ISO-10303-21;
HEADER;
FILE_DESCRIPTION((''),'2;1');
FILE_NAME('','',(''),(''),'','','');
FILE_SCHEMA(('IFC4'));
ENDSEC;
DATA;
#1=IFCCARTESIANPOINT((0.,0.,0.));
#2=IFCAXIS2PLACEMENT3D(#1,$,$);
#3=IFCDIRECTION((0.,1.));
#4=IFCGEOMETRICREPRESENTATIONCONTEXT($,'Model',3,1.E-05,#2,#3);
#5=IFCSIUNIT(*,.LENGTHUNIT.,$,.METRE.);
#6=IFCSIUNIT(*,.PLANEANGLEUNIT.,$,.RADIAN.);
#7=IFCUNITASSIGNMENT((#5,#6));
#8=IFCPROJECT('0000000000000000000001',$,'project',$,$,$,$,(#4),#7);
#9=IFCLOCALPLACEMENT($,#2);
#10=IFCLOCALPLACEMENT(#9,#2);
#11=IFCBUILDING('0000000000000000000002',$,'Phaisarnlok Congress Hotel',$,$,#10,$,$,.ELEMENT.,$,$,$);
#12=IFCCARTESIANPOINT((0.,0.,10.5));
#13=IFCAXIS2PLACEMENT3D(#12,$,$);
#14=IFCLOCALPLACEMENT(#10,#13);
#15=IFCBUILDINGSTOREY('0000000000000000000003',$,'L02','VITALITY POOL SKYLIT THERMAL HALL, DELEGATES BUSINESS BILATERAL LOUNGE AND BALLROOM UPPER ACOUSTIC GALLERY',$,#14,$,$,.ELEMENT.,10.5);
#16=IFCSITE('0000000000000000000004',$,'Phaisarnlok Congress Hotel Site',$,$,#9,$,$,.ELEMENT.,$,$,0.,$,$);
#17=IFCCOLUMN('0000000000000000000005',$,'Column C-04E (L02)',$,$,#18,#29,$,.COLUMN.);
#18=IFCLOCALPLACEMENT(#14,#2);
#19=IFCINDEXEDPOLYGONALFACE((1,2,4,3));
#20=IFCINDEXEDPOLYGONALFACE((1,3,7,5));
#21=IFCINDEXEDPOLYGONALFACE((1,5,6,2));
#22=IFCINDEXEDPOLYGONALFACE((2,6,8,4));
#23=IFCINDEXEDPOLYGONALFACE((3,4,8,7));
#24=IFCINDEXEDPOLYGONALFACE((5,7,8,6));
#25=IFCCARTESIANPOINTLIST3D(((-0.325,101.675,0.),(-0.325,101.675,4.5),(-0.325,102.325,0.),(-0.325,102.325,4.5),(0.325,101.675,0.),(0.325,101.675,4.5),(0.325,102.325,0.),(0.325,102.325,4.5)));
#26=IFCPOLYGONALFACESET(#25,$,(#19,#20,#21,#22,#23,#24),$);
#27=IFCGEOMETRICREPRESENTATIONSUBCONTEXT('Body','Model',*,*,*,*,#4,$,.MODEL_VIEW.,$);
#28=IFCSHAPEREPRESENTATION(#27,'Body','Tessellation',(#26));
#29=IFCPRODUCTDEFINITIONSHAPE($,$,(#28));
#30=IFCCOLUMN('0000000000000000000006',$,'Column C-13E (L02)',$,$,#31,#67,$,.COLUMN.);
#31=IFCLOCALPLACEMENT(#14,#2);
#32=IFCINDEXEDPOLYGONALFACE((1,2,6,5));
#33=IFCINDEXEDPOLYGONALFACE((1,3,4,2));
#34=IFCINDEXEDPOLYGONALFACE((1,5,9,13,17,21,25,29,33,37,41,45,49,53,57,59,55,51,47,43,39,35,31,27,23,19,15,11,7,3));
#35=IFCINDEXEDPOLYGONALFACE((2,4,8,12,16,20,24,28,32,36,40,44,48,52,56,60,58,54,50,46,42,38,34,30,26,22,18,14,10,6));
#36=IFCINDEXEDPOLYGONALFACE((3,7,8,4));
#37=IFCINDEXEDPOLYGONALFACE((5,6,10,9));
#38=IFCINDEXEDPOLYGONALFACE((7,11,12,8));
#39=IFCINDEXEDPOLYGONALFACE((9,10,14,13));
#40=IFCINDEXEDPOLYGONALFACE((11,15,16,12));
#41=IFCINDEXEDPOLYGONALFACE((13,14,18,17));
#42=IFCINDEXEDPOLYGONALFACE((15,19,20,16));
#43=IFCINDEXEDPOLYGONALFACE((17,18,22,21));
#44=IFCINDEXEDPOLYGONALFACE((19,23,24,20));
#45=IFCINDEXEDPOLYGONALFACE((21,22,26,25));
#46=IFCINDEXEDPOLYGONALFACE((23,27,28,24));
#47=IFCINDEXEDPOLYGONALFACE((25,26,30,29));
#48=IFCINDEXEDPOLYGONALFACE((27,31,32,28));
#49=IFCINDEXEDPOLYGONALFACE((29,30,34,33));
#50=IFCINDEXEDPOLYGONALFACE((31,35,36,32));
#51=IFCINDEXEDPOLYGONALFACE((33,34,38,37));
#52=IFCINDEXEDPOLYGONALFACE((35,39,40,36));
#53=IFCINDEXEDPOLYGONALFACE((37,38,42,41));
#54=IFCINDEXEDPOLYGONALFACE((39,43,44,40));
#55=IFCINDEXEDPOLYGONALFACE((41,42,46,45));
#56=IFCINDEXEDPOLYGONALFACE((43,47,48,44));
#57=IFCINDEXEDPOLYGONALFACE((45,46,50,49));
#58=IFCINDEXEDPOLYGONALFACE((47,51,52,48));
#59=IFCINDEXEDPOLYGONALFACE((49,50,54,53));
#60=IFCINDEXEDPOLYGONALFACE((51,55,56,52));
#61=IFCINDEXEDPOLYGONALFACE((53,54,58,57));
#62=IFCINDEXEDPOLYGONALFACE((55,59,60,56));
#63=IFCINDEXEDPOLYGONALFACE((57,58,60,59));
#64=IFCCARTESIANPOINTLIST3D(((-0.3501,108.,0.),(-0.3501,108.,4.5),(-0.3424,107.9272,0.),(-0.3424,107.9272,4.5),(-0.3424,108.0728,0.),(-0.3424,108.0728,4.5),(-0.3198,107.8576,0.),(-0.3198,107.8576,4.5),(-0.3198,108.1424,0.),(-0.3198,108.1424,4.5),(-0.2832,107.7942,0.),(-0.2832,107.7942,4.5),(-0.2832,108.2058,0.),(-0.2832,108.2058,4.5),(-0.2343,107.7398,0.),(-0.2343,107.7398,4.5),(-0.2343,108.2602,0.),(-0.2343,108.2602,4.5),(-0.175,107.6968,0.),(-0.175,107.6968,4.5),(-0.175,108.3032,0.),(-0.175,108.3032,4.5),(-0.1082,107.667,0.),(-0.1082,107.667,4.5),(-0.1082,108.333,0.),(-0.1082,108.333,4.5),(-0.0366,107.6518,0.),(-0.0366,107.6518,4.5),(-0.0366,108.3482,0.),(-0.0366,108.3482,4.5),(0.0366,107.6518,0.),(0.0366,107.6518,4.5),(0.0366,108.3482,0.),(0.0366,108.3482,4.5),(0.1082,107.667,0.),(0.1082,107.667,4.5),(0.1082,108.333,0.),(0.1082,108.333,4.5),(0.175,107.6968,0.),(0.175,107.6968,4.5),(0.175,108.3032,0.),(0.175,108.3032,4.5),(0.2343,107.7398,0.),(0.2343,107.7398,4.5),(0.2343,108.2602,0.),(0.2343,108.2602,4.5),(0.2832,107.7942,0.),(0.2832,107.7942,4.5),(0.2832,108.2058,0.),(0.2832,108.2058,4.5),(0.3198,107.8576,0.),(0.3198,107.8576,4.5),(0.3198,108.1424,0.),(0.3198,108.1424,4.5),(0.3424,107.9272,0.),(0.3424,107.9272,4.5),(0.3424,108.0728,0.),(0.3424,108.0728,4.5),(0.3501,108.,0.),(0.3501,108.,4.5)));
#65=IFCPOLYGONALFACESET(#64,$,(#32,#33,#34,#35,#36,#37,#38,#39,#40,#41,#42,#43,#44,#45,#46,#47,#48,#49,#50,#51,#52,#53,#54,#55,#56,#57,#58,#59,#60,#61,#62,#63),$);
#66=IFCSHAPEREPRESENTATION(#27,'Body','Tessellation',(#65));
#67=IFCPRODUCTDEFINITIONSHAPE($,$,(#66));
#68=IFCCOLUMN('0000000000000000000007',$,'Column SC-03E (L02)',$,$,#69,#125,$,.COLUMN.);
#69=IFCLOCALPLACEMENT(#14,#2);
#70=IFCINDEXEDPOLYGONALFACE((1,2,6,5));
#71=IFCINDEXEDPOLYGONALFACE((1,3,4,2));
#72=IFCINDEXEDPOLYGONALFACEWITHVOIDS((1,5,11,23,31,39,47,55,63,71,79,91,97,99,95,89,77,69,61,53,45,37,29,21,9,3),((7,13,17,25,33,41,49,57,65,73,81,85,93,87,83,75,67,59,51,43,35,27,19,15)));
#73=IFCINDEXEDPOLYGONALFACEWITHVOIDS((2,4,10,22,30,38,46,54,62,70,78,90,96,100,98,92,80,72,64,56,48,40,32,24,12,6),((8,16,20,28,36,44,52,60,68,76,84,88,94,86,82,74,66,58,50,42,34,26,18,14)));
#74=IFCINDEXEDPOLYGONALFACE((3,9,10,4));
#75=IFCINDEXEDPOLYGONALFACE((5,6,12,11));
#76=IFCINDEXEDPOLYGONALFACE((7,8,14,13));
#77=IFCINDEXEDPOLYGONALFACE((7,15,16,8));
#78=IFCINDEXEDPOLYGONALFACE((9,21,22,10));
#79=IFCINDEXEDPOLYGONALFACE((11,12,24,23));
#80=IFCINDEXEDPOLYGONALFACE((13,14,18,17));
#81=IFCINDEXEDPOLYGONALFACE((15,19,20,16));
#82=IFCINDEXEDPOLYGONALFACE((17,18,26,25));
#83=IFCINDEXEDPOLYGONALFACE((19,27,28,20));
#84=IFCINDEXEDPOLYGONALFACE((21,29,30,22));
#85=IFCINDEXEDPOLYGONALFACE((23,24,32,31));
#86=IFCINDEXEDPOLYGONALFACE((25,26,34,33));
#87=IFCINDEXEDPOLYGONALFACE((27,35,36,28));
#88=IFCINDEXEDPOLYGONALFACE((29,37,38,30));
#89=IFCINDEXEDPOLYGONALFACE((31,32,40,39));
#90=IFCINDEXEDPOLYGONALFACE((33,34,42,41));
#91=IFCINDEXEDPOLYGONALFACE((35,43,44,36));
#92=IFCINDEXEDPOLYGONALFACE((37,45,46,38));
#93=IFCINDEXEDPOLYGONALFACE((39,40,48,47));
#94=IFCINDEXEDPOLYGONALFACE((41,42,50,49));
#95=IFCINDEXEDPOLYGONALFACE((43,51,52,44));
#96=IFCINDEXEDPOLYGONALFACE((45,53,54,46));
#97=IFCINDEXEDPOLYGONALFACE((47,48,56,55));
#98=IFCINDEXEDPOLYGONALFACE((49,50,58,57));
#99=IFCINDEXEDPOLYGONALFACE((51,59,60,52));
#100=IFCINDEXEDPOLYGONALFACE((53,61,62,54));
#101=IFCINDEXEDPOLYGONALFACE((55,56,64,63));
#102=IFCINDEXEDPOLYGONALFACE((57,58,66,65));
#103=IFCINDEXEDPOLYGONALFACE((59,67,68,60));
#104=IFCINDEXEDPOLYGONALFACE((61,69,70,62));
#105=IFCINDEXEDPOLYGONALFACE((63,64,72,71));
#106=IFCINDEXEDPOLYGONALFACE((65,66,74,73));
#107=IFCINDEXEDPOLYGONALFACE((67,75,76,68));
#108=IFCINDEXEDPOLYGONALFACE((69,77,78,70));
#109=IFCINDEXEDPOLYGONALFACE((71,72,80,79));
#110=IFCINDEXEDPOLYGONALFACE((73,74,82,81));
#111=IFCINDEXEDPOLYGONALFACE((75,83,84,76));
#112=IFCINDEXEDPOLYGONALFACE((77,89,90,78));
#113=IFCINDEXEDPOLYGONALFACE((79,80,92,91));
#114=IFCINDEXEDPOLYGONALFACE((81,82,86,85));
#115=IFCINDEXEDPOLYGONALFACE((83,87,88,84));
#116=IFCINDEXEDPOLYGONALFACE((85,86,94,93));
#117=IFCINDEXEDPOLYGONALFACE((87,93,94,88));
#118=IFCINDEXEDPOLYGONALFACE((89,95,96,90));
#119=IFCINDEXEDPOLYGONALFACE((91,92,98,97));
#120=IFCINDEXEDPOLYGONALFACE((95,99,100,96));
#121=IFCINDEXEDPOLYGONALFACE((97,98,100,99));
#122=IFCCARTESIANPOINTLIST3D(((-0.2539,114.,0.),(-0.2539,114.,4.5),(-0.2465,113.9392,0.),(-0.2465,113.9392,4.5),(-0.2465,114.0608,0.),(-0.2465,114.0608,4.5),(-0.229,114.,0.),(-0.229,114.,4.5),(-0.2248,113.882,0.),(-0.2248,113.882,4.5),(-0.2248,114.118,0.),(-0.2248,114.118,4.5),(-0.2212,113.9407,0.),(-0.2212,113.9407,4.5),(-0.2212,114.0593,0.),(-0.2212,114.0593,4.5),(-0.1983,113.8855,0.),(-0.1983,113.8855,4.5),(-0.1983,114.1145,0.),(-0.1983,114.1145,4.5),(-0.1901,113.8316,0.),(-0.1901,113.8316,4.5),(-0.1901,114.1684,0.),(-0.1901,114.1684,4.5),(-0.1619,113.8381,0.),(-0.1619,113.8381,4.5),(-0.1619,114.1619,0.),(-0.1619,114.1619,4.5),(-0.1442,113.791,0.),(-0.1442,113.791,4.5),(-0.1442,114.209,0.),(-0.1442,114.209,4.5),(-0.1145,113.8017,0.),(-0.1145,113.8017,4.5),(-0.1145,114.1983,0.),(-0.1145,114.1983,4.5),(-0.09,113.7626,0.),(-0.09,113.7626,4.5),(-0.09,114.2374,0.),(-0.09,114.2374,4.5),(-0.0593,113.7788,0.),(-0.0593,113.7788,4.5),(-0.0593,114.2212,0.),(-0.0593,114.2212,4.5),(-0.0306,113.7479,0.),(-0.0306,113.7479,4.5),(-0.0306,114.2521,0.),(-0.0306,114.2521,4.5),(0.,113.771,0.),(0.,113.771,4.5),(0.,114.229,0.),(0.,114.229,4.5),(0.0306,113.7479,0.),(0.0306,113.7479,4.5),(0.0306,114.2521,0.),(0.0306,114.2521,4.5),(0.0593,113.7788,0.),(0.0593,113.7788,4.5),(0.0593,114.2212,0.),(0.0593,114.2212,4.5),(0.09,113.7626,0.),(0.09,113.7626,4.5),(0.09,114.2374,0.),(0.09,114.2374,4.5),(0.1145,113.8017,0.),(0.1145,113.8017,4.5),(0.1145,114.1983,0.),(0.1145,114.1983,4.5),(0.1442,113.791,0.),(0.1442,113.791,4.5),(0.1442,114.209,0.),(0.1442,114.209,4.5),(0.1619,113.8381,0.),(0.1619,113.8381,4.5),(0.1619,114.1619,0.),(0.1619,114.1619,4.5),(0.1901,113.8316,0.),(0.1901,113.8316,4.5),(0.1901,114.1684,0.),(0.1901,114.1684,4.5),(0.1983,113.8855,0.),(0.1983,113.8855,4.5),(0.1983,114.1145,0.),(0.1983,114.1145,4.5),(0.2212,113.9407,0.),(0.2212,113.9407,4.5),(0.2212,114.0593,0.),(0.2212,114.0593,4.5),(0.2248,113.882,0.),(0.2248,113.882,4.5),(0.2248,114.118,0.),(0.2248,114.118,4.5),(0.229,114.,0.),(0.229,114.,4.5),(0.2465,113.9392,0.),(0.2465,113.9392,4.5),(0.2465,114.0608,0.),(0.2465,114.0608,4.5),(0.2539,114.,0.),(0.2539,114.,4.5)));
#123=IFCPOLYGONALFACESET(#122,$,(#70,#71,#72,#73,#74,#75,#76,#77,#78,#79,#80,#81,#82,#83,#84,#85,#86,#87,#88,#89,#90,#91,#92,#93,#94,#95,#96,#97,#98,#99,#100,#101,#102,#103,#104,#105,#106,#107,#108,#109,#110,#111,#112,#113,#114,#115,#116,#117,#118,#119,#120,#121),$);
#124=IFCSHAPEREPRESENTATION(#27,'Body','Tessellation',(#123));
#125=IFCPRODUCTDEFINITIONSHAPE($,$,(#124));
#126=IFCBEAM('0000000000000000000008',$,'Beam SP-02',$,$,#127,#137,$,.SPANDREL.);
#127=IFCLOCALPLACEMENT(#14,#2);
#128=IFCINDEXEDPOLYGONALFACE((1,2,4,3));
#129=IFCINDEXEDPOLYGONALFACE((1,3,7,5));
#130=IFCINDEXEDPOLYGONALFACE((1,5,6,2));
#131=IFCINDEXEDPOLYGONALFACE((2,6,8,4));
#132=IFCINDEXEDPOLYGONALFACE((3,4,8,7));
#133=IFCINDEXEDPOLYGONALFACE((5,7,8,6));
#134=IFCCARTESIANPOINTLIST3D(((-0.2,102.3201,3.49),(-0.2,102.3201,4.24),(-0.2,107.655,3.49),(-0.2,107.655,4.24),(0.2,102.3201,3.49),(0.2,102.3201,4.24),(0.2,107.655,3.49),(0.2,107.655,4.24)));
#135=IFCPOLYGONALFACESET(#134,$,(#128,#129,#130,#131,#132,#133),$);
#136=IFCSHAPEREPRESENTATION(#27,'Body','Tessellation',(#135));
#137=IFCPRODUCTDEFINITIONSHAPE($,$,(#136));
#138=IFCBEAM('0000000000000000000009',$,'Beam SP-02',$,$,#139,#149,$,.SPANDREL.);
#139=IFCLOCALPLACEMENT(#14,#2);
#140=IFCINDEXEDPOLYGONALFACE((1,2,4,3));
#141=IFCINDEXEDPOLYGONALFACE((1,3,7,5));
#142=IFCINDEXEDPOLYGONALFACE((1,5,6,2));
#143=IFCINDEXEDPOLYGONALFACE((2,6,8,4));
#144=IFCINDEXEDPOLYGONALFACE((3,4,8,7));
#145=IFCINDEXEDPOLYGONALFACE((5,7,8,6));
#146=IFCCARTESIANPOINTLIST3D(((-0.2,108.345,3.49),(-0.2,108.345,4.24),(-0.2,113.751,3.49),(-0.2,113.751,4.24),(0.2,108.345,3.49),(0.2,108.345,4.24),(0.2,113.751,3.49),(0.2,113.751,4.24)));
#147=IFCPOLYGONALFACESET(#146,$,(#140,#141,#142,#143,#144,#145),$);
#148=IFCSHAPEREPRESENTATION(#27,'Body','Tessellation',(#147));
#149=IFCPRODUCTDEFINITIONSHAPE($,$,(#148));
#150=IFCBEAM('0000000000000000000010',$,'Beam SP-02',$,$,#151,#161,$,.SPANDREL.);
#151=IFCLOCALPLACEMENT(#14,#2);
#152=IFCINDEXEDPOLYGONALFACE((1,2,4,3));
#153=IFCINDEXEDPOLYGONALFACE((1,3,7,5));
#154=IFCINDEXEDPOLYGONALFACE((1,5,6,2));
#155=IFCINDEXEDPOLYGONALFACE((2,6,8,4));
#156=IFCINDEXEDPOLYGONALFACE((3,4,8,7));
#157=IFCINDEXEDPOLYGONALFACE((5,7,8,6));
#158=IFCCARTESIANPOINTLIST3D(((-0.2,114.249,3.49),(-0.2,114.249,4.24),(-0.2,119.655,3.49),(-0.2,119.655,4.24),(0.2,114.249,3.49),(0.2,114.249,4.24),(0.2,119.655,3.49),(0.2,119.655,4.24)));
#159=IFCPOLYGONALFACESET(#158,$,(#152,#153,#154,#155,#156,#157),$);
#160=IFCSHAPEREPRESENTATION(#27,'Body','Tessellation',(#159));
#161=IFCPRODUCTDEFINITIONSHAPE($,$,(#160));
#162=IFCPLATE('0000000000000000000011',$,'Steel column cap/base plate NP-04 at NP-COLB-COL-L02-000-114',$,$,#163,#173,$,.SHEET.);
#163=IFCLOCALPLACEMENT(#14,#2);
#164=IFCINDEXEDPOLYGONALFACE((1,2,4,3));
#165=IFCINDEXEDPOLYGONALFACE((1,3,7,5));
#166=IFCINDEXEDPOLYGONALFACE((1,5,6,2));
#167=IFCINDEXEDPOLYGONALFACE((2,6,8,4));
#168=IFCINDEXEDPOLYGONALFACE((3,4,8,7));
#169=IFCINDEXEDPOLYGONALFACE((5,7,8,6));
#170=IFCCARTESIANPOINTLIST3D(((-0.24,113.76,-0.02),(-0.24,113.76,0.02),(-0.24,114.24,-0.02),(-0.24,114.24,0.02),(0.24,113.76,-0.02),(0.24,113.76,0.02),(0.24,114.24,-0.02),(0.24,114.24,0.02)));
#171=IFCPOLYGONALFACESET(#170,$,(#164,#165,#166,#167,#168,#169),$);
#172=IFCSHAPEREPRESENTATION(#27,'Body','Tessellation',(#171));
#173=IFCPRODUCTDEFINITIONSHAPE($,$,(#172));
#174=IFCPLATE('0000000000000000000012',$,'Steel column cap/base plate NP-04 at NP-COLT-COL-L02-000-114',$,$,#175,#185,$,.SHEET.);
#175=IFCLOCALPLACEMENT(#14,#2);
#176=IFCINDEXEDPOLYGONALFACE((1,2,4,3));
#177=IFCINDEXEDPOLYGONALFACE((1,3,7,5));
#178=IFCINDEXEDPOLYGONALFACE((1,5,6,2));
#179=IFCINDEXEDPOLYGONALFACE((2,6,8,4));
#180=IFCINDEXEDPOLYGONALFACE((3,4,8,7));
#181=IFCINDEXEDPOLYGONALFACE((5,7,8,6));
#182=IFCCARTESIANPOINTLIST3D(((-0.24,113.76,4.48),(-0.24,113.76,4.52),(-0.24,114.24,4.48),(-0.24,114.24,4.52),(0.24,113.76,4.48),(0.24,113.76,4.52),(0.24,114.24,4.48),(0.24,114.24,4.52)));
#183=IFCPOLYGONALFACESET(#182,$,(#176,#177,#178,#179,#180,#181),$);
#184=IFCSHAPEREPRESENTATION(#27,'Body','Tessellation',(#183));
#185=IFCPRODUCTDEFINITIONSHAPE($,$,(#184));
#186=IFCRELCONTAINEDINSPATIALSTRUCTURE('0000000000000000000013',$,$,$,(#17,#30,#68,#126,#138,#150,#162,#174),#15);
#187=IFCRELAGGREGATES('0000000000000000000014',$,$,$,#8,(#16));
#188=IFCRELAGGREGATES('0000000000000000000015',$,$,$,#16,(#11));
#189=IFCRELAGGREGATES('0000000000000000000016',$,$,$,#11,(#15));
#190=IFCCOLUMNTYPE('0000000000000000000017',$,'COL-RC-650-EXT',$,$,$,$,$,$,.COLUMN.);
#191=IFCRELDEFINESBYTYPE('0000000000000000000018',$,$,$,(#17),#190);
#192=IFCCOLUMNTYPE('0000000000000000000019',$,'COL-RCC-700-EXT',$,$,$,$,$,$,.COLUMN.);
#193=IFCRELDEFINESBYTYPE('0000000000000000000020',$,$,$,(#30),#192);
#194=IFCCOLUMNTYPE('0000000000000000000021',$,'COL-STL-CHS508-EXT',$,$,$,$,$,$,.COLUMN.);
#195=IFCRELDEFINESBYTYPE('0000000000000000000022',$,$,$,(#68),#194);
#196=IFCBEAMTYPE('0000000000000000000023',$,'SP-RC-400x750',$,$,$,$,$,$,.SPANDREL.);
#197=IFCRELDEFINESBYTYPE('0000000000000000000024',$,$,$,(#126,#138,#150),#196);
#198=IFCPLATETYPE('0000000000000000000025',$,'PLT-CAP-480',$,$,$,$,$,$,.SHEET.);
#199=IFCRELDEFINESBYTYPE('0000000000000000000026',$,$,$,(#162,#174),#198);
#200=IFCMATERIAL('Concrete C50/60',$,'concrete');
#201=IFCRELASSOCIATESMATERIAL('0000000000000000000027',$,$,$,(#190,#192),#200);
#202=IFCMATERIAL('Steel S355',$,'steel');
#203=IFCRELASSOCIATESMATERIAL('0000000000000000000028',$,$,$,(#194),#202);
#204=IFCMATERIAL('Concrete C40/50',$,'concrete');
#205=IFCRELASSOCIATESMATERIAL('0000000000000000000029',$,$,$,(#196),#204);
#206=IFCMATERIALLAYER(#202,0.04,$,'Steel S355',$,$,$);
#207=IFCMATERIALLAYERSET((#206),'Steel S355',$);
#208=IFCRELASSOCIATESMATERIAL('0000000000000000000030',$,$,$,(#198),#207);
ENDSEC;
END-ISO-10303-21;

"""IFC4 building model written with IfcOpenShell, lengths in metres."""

from ifc_helpers import new_model, si_unit, direction, frame, origin, origin_2d, place, context, subcontext, project, spatial, rectangle, circle, hollow_circle, extrude, material, layer, layer_set, material_profile, profile_set, type_object, element, save


model = new_model("IFC4")

# Units and contexts
model_context = context("Model", 3, precision=1e-05, world=origin(), true_north=direction((0.0, 1.0)))
body_context = subcontext(model_context, "Body", "Model", "MODEL_VIEW")
ifc_project = project(units=[si_unit("LENGTHUNIT", "METRE"), si_unit("PLANEANGLEUNIT", "RADIAN")], contexts=[model_context])

# Site, building, storey
site_placement = place(None, origin())
site = spatial("IfcSite", under=ifc_project, at=site_placement, Name="Phaisarnlok Congress Hotel Site", CompositionType="ELEMENT", RefElevation=0.0)
building_placement = place(site_placement, origin())
building = spatial("IfcBuilding", under=site, at=building_placement, Name="Phaisarnlok Congress Hotel", CompositionType="ELEMENT")
storey_placement = place(building_placement, frame((0.0, 0.0, 10.5)))
storey = spatial("IfcBuildingStorey", under=building, at=storey_placement, Name="L02", Description="VITALITY POOL SKYLIT THERMAL HALL, DELEGATES BUSINESS BILATERAL LOUNGE AND BALLROOM UPPER ACOUSTIC GALLERY", CompositionType="ELEMENT", Elevation=10.5)

# Columns
ifc_material_1 = material(Name="Concrete C50/60", Category="concrete")
ifc_material_profile_1 = material_profile(ifc_material_1, rectangle(XDim=0.6499, YDim=0.6499, at=origin_2d()), Name="RC 650x650")
ifc_profile_set_1 = profile_set([ifc_material_profile_1], Name="Concrete C50/60")
column_type_1 = type_object("IfcColumnType", Name="COL-RC-650-EXT", PredefinedType="COLUMN", material=ifc_profile_set_1)
column_1_placement = place(storey_placement, frame((0.0, 102.0, 0.0), z_axis=(0.0, 0.0, 1.0), x_axis=(1.0, 0.0, 0.0)))
element("IfcColumn", 1, at=column_1_placement, inside=storey, type_object=column_type_1, Name="Column C-04E (L02)", PredefinedType="COLUMN", context=body_context, shape_type="SweptSolid", body=[
    extrude(rectangle(XDim=0.6499, YDim=0.6499, at=origin_2d()), origin(), (0.0, 0.0, 1.0), 4.5),
])
ifc_material_profile_2 = material_profile(ifc_material_1, circle(Radius=0.3501, at=origin_2d()), Name="RCC D700")
ifc_profile_set_2 = profile_set([ifc_material_profile_2], Name="Concrete C50/60")
column_type_2 = type_object("IfcColumnType", Name="COL-RCC-700-EXT", PredefinedType="COLUMN", material=ifc_profile_set_2)
column_2_placement = place(storey_placement, frame((0.0, 108.0, 0.0), z_axis=(0.0, 0.0, 1.0), x_axis=(1.0, 0.0, 0.0)))
element("IfcColumn", 2, at=column_2_placement, inside=storey, type_object=column_type_2, Name="Column C-13E (L02)", PredefinedType="COLUMN", context=body_context, shape_type="SweptSolid", body=[
    extrude(circle(Radius=0.3501, at=origin_2d()), origin(), (0.0, 0.0, 1.0), 4.5),
])
ifc_material_2 = material(Name="Steel S355", Category="steel")
ifc_material_profile_3 = material_profile(ifc_material_2, hollow_circle(Radius=0.2539, WallThickness=0.0249, at=origin_2d()), Name="CHS 508x25")
ifc_profile_set_3 = profile_set([ifc_material_profile_3], Name="Steel S355")
column_type_3 = type_object("IfcColumnType", Name="COL-STL-CHS508-EXT", PredefinedType="COLUMN", material=ifc_profile_set_3)
column_3_placement = place(storey_placement, frame((0.0, 114.0, 0.0), z_axis=(0.0, 0.0, 1.0), x_axis=(1.0, 0.0, 0.0)))
element("IfcColumn", 3, at=column_3_placement, inside=storey, type_object=column_type_3, Name="Column SC-03E (L02)", PredefinedType="COLUMN", context=body_context, shape_type="SweptSolid", body=[
    extrude(hollow_circle(Radius=0.2539, WallThickness=0.0249, at=origin_2d()), origin(), (0.0, 0.0, 1.0), 4.5),
])

# Beams
ifc_material_3 = material(Name="Concrete C40/50", Category="concrete")
ifc_material_profile_4 = material_profile(ifc_material_3, rectangle(XDim=0.3999, YDim=0.75, at=origin_2d()), Name="RC 400x750")
ifc_profile_set_4 = profile_set([ifc_material_profile_4], Name="Concrete C40/50")
beam_type = type_object("IfcBeamType", Name="SP-RC-400x750", PredefinedType="SPANDREL", material=ifc_profile_set_4)
beam_placement = place(storey_placement, frame((0.0, 102.3201, 3.865), z_axis=(0.0, 1.0, 0.0), x_axis=(-1.0, 0.0, 0.0)))
element("IfcBeam", 4, at=beam_placement, inside=storey, type_object=beam_type, Name="Beam SP-02", PredefinedType="SPANDREL", context=body_context, shape_type="SweptSolid", body=[
    extrude(rectangle(XDim=0.3999, YDim=0.75, at=origin_2d()), origin(), (0.0, 0.0, 1.0), 5.335),
])
for number, where, z_axis, x_axis, name in (
    (5, (0.0, 108.345, 3.865), (0.0, 1.0, 0.0), (-1.0, 0.0, 0.0), "Beam SP-02"),
    (6, (0.0, 114.249, 3.865), (0.0, 1.0, 0.0), (-1.0, 0.0, 0.0), "Beam SP-02"),
):
    element("IfcBeam", number, at=place(storey_placement, frame(where, z_axis=z_axis, x_axis=x_axis)), inside=storey, type_object=beam_type, Name=name, PredefinedType="SPANDREL", context=body_context, shape_type="SweptSolid", body=[
        extrude(rectangle(XDim=0.3999, YDim=0.75, at=origin_2d()), origin(), (0.0, 0.0, 1.0), 5.406),
    ])

# Plates
ifc_layer_1 = layer(ifc_material_2, 0.04, Name="Steel S355")
ifc_layer_set_1 = layer_set([ifc_layer_1], Name="Steel S355")
plate_type = type_object("IfcPlateType", Name="PLT-CAP-480", PredefinedType="SHEET", material=ifc_layer_set_1)
for number, where, z_axis, x_axis, name in (
    (7, (0.0, 114.0, -0.02), (0.0, 0.0, 1.0), (1.0, 0.0, 0.0), "Steel column cap/base plate NP-04 at NP-COLB-COL-L02-000-114"),
    (8, (0.0, 114.0, 4.48), (0.0, 0.0, 1.0), (1.0, 0.0, 0.0), "Steel column cap/base plate NP-04 at NP-COLT-COL-L02-000-114"),
):
    element("IfcPlate", number, at=place(storey_placement, frame(where, z_axis=z_axis, x_axis=x_axis)), inside=storey, type_object=plate_type, Name=name, PredefinedType="SHEET", context=body_context, shape_type="SweptSolid", body=[
        extrude(rectangle(XDim=0.48, YDim=0.48, at=origin_2d()), origin(), (0.0, 0.0, 1.0), 0.04),
    ])

save(model, "model.ifc")
